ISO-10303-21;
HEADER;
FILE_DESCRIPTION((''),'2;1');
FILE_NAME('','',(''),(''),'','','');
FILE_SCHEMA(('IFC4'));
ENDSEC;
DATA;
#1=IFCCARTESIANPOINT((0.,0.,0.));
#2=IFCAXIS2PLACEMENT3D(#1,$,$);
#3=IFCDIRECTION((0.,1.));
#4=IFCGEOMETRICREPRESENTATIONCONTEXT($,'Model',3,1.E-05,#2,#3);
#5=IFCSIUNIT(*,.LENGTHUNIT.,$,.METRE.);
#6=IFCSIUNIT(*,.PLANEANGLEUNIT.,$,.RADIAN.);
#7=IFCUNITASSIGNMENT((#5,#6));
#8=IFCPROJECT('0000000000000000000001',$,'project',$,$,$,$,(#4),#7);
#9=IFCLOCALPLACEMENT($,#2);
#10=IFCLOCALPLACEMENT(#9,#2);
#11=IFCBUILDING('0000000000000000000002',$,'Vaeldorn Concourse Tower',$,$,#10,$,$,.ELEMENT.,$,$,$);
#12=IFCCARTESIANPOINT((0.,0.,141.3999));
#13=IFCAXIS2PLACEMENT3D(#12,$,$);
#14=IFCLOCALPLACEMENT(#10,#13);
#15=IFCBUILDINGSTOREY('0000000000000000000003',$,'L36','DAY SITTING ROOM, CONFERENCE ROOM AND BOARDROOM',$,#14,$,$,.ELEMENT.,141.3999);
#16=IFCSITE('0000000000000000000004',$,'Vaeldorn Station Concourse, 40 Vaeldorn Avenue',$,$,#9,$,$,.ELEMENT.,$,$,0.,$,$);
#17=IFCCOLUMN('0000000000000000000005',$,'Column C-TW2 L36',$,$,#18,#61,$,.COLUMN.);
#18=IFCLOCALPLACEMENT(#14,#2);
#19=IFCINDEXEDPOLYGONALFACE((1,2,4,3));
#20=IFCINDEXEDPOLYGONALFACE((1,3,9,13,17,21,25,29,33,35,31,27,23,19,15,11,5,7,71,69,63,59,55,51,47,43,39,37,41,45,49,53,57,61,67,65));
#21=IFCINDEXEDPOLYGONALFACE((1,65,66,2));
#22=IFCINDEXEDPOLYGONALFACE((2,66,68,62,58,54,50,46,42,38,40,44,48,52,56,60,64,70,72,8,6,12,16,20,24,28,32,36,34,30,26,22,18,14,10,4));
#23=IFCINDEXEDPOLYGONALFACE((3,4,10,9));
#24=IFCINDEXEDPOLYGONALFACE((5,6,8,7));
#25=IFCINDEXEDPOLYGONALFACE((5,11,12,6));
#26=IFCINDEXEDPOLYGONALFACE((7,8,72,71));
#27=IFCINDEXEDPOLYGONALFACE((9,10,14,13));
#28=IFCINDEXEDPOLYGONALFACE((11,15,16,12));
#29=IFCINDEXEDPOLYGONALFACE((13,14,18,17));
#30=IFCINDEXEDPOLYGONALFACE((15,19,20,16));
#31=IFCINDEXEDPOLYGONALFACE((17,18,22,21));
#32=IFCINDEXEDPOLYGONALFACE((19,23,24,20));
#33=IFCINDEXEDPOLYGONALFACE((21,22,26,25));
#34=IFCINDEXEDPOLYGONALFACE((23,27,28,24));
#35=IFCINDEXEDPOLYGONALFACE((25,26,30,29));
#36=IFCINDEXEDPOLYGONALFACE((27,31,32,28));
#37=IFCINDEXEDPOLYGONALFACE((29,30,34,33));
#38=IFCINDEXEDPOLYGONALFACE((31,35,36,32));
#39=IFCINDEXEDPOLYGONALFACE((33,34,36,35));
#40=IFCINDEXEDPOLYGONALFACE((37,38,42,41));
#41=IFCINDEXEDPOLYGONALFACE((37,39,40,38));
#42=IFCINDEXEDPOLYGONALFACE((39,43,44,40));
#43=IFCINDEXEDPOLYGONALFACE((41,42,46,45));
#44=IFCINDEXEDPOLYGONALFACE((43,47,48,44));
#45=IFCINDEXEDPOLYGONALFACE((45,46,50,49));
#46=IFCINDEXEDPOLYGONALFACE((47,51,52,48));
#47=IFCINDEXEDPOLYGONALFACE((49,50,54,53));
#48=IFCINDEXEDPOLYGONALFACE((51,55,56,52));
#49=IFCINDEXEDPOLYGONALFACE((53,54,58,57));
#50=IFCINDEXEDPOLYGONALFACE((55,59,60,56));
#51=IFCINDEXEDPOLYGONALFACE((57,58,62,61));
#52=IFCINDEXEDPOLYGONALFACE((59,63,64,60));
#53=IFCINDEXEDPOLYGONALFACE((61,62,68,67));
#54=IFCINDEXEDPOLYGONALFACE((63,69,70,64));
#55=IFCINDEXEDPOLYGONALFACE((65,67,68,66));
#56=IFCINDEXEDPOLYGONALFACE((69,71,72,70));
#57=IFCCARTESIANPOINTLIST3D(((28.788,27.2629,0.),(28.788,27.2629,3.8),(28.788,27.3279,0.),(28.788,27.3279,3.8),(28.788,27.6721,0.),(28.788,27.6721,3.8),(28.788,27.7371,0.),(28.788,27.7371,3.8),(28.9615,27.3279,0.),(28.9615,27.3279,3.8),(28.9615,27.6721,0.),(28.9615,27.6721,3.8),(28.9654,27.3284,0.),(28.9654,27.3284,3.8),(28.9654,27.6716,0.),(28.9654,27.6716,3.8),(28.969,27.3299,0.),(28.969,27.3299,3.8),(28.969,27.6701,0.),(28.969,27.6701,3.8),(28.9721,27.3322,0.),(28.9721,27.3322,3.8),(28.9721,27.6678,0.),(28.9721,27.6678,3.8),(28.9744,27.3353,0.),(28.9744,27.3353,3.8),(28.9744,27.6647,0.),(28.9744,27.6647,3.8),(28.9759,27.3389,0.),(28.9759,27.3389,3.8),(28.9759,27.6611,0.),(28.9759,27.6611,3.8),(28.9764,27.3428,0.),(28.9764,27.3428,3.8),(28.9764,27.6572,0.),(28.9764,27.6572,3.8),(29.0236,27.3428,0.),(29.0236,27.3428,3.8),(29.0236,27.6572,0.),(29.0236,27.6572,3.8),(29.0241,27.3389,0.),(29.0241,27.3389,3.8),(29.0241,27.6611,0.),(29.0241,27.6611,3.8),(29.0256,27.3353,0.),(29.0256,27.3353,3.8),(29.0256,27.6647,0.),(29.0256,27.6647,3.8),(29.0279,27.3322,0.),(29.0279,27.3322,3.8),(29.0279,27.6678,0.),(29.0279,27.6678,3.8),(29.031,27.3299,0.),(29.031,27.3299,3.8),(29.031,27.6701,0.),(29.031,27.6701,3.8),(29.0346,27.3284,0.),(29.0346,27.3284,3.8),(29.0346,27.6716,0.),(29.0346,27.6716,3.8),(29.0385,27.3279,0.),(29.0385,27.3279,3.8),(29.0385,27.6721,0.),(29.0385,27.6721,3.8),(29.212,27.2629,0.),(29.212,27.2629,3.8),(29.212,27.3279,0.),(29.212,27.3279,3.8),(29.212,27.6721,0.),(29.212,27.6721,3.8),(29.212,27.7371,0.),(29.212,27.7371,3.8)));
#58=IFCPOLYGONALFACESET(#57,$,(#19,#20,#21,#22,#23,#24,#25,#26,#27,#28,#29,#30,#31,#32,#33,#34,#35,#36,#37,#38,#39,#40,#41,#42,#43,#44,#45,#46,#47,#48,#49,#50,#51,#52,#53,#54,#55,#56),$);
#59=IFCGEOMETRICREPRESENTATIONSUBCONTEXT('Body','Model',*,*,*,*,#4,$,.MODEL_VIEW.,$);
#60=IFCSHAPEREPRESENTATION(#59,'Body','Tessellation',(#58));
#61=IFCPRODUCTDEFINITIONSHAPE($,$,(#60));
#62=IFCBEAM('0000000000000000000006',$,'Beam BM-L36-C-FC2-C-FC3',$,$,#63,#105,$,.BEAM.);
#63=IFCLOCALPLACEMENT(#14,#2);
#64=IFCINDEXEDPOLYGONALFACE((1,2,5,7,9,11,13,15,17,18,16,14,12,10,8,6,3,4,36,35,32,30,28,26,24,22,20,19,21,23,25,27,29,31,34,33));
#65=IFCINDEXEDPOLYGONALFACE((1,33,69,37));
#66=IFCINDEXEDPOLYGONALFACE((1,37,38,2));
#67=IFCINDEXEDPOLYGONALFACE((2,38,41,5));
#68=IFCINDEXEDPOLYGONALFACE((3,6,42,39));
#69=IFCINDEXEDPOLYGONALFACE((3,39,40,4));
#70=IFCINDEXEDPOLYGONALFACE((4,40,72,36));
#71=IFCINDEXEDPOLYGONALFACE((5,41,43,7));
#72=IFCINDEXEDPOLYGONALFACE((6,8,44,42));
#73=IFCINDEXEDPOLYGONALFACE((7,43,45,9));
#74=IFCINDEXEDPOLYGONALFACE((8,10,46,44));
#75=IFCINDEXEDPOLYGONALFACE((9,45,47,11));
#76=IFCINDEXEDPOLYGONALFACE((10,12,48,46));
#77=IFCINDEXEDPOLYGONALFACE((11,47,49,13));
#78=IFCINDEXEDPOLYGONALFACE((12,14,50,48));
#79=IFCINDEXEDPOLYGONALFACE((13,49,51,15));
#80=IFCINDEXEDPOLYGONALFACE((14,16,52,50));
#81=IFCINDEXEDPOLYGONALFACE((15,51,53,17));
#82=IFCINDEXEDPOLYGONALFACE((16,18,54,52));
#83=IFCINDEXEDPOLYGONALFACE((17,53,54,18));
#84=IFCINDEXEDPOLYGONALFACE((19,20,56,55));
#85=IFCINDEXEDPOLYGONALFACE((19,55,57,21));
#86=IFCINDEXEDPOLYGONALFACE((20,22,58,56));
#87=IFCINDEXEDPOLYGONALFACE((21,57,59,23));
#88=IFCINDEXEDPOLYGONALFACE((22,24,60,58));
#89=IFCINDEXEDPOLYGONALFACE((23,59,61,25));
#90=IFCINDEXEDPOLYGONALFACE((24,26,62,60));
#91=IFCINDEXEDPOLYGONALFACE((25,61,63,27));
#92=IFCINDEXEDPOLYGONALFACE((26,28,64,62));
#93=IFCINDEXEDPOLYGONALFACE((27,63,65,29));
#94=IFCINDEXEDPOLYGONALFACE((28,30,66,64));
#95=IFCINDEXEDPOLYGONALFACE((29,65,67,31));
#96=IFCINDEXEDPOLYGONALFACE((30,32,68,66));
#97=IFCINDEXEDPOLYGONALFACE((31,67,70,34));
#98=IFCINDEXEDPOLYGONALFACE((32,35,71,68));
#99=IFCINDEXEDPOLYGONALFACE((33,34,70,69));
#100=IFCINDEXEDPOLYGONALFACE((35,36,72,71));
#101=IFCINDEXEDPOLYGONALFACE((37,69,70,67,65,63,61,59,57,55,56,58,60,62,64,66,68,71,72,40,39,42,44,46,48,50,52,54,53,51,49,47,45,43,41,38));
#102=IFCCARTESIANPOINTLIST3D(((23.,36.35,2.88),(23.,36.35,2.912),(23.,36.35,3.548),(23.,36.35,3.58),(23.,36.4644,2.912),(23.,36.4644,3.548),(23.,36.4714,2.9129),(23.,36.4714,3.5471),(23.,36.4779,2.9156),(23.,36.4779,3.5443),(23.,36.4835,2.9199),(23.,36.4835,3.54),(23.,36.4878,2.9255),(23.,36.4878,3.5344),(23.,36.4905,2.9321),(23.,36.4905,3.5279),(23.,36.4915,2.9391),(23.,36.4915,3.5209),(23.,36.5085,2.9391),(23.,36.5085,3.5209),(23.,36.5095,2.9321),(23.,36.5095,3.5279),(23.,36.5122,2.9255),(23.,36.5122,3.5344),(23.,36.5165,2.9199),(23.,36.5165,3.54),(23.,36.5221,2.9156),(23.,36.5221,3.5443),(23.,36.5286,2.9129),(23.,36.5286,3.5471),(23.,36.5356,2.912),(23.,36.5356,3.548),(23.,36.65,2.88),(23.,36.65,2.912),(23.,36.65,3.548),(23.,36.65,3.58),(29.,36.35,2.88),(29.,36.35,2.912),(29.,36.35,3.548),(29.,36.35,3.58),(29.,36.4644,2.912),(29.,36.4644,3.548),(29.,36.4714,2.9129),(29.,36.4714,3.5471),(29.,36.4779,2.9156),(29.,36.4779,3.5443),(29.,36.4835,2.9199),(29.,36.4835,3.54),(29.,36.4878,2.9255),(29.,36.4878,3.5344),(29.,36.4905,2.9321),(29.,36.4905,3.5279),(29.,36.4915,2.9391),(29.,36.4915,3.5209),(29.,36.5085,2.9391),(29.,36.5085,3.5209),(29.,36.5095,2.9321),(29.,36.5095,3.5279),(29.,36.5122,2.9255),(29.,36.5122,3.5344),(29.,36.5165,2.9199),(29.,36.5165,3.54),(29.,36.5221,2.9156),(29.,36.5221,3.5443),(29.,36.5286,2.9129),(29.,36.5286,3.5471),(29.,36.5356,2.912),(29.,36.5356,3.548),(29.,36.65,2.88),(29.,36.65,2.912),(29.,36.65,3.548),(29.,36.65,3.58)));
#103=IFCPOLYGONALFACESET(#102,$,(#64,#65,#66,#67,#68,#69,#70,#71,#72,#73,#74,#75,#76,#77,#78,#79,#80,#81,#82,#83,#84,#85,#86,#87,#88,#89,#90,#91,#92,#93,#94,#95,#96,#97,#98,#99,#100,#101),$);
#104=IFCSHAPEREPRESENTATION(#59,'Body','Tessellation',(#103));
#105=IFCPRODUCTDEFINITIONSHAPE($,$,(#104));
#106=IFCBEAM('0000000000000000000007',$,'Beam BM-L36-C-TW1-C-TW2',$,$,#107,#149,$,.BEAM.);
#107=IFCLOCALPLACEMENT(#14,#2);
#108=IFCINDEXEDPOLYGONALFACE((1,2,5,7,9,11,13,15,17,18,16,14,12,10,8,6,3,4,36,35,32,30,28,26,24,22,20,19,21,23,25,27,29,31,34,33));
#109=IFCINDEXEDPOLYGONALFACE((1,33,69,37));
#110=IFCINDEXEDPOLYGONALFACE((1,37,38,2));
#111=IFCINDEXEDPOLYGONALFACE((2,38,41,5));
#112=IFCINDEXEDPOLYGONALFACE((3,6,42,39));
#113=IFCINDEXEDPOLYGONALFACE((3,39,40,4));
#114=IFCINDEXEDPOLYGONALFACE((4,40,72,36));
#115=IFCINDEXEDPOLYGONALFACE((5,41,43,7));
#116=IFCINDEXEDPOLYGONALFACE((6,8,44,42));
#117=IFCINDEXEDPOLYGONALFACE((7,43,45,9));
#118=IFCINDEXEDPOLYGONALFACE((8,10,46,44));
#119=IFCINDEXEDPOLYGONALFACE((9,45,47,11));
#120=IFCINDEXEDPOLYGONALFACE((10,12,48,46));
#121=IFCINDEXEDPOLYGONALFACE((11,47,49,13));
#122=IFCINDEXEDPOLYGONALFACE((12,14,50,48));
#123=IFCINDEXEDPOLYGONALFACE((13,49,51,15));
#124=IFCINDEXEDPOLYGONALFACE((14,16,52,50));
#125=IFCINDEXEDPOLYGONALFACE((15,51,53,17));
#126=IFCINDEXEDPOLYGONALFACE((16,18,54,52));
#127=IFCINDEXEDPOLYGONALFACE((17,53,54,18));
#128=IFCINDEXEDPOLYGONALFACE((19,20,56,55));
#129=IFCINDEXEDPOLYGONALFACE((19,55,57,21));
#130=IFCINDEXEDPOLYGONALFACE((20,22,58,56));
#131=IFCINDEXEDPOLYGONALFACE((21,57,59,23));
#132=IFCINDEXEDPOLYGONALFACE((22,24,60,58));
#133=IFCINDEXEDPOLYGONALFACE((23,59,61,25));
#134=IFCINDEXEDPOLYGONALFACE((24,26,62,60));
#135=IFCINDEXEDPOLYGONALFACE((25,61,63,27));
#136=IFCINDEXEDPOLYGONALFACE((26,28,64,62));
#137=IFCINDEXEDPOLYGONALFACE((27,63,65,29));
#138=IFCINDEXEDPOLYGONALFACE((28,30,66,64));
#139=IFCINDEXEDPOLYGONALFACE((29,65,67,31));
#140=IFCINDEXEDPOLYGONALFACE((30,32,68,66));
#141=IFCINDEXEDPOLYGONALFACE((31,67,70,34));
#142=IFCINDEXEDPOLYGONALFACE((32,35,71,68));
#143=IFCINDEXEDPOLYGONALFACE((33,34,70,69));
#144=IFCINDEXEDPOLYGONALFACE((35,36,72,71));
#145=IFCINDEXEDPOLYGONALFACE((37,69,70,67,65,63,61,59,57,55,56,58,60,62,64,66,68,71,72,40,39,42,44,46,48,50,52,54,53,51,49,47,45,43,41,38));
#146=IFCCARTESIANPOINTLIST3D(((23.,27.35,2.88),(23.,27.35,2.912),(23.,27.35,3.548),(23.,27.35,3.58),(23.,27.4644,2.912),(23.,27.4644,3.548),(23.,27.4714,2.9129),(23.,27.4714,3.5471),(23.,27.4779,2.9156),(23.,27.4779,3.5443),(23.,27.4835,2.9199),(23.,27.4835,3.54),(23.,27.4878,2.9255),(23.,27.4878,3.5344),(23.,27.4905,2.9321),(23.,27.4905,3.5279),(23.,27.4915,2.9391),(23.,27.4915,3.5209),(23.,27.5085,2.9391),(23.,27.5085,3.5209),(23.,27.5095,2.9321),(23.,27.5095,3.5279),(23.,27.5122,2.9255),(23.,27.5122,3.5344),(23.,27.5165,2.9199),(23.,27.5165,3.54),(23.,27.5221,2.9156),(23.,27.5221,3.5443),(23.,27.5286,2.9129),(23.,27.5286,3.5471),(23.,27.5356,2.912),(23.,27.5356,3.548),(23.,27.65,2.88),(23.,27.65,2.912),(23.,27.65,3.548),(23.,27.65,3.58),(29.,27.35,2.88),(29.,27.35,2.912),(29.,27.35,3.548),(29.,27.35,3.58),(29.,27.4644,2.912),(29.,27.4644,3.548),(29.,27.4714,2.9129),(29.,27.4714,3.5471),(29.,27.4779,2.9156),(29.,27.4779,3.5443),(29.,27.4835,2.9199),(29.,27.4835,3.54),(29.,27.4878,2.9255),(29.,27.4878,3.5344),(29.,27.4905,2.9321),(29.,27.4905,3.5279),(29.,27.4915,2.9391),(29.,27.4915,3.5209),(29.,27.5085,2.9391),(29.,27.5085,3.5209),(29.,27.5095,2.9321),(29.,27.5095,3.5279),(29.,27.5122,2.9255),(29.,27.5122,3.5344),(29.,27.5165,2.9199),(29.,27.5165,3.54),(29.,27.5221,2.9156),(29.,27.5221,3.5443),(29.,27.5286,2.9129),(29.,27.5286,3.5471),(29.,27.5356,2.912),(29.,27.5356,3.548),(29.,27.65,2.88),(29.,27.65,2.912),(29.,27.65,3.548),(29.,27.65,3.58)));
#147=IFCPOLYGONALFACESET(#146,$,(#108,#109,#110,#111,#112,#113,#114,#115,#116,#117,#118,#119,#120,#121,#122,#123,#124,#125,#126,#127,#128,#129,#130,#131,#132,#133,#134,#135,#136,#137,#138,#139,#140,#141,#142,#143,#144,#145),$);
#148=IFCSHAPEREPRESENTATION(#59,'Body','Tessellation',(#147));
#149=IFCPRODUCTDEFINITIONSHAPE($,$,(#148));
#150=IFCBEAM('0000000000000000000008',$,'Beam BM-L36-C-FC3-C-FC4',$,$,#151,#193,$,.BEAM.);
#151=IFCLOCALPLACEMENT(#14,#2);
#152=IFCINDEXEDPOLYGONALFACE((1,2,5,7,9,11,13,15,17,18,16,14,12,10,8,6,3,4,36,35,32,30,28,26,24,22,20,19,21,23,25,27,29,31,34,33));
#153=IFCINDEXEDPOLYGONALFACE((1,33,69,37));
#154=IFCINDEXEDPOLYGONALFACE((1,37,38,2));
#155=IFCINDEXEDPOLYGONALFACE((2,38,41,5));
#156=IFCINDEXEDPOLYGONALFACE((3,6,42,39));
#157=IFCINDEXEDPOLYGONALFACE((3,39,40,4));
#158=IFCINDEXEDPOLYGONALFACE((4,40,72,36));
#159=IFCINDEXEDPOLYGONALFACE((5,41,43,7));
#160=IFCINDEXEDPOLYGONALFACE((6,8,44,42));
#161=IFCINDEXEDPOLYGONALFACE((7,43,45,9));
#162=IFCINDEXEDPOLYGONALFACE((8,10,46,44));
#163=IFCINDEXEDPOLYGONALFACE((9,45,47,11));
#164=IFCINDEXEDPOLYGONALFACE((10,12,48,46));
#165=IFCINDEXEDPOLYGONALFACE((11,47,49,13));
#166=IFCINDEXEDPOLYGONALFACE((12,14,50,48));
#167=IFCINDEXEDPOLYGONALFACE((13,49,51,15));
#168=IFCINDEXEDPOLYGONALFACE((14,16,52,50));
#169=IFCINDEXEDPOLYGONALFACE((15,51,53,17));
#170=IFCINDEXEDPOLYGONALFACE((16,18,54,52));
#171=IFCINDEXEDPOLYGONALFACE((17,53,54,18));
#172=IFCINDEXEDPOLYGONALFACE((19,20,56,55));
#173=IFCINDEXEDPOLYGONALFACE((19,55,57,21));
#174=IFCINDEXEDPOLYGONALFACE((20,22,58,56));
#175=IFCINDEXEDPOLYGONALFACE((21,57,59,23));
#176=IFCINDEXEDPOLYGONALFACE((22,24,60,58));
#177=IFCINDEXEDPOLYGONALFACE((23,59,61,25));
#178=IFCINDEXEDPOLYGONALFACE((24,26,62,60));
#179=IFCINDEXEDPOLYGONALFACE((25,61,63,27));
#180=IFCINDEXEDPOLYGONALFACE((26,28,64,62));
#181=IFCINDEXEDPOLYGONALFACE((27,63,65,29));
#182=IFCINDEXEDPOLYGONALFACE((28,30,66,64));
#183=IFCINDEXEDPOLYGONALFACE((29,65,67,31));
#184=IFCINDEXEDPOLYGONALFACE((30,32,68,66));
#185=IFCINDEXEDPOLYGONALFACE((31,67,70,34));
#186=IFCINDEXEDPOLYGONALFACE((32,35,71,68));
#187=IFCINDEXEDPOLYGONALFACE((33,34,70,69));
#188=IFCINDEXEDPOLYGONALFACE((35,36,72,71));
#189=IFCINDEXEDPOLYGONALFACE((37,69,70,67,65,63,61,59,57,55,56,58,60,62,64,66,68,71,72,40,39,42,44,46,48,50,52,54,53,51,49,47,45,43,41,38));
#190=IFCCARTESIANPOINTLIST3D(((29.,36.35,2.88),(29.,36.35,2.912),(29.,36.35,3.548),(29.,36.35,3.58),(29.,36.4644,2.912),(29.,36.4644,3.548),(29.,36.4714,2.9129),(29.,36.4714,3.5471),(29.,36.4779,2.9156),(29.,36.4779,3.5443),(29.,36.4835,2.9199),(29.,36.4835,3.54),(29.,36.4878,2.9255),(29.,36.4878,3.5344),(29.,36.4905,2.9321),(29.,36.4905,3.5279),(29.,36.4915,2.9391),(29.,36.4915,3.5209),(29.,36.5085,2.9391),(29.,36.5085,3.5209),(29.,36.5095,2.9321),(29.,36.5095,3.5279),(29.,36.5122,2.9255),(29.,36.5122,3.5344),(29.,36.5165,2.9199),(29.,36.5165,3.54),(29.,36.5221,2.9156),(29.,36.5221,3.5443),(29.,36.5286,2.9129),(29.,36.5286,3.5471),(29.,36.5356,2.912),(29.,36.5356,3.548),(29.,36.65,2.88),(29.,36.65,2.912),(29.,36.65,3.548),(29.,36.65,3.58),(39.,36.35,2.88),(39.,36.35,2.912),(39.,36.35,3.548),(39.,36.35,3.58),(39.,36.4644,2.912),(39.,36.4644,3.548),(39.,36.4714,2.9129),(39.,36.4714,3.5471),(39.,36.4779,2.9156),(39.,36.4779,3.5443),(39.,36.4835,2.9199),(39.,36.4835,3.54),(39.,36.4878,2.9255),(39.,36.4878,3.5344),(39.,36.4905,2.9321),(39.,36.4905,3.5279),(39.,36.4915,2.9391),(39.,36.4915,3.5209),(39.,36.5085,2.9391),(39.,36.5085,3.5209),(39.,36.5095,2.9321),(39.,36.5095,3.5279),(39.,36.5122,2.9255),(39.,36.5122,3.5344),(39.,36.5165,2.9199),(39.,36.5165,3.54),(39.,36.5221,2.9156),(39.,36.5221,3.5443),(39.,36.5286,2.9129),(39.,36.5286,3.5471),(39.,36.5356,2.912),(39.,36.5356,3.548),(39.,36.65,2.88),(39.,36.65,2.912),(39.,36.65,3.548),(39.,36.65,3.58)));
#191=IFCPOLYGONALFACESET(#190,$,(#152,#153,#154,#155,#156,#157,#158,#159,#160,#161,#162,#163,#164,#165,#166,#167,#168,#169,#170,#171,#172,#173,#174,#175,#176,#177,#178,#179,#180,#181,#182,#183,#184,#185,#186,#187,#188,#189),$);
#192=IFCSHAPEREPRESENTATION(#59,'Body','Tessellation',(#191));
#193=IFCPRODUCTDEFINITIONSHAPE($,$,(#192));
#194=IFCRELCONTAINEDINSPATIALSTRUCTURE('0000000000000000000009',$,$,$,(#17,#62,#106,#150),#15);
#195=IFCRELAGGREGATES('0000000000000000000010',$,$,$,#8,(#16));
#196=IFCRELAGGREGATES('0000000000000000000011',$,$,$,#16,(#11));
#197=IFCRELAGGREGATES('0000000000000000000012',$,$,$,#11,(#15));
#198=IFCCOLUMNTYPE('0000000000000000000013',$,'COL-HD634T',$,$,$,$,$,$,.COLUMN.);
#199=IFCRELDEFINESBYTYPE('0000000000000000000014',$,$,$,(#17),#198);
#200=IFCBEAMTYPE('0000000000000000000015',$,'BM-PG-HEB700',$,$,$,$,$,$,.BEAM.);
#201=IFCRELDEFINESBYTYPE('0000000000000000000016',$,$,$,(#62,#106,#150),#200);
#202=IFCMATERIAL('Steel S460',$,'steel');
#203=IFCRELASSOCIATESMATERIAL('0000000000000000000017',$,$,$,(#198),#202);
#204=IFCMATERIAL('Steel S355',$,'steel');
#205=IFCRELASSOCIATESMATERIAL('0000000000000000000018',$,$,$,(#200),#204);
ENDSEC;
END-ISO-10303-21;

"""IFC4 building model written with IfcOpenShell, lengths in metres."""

from ifc_helpers import new_model, si_unit, direction, frame, origin, origin_2d, place, context, subcontext, project, spatial, i_section, extrude, source, transform, mapped, material, material_profile, profile_set, type_object, element, save


model = new_model("IFC4")

# Units and contexts
model_context = context("Model", 3, precision=1e-05, world=origin(), true_north=direction((0.0, 1.0)))
body_context = subcontext(model_context, "Body", "Model", "MODEL_VIEW")
ifc_project = project(units=[si_unit("LENGTHUNIT", "METRE"), si_unit("PLANEANGLEUNIT", "RADIAN")], contexts=[model_context])

# Site, building, storey
site_placement = place(None, origin())
site = spatial("IfcSite", under=ifc_project, at=site_placement, Name="Vaeldorn Station Concourse, 40 Vaeldorn Avenue", CompositionType="ELEMENT", RefElevation=0.0)
building_placement = place(site_placement, origin())
building = spatial("IfcBuilding", under=site, at=building_placement, Name="Vaeldorn Concourse Tower", CompositionType="ELEMENT")
storey_placement = place(building_placement, frame((0.0, 0.0, 141.3999)))
storey = spatial("IfcBuildingStorey", under=building, at=storey_placement, Name="L36", Description="DAY SITTING ROOM, CONFERENCE ROOM AND BOARDROOM", CompositionType="ELEMENT", Elevation=141.3999)

# Column
ifc_material_1 = material(Name="Steel S460", Category="steel")
ifc_material_profile_1 = material_profile(ifc_material_1, i_section(OverallWidth=0.4241, OverallDepth=0.4741, WebThickness=0.0471, FlangeThickness=0.0649, FilletRadius=0.0149, at=origin_2d()), Name="HD 400x634")
ifc_profile_set_1 = profile_set([ifc_material_profile_1], Name="Steel S460")
column_type_1 = type_object("IfcColumnType", Name="COL-HD634T", PredefinedType="COLUMN", material=ifc_profile_set_1)
shared_shape_1 = source(origin(), body_context, "Body", "SweptSolid", [
    extrude(i_section(OverallWidth=0.4241, OverallDepth=0.4741, WebThickness=0.0471, FlangeThickness=0.0649, FilletRadius=0.0149, at=origin_2d()), origin(), (0.0, 0.0, 1.0), 3.8),
])
column_1_placement = place(storey_placement, frame((29.0, 27.5, 0.0), z_axis=(0.0, 0.0, 1.0), x_axis=(1.0, 0.0, 0.0)))
element("IfcColumn", 1, at=column_1_placement, inside=storey, type_object=column_type_1, Name="Column C-TW2 L36", PredefinedType="COLUMN", context=body_context, shape_type="MappedRepresentation", body=[
    mapped(shared_shape_1, transform((0.0, 0.0, 0.0), scale=1.0)),
])

# Beams
ifc_material_2 = material(Name="Steel S355", Category="steel")
ifc_material_profile_2 = material_profile(ifc_material_2, i_section(OverallWidth=0.3, OverallDepth=0.7, WebThickness=0.0171, FlangeThickness=0.032, FilletRadius=0.0271, at=origin_2d()), Name="HEB 700")
ifc_profile_set_2 = profile_set([ifc_material_profile_2], Name="Steel S355")
beam_type_1 = type_object("IfcBeamType", Name="BM-PG-HEB700", PredefinedType="BEAM", material=ifc_profile_set_2)
shared_shape_2 = source(origin(), body_context, "Body", "SweptSolid", [
    extrude(i_section(OverallWidth=0.3, OverallDepth=0.7, WebThickness=0.0171, FlangeThickness=0.032, FilletRadius=0.0271, at=origin_2d()), origin(), (0.0, 0.0, 1.0), 6.0),
])
for number, where, z_axis, x_axis, name in (
    (2, (23.0, 36.5, 3.23), (1.0, 0.0, 0.0), (0.0, 1.0, 0.0), "Beam BM-L36-C-FC2-C-FC3"),
    (3, (23.0, 27.5, 3.23), (1.0, 0.0, 0.0), (0.0, 1.0, 0.0), "Beam BM-L36-C-TW1-C-TW2"),
):
    element("IfcBeam", number, at=place(storey_placement, frame(where, z_axis=z_axis, x_axis=x_axis)), inside=storey, type_object=beam_type_1, Name=name, PredefinedType="BEAM", context=body_context, shape_type="MappedRepresentation", body=[
        mapped(shared_shape_2, transform((0.0, 0.0, 0.0), scale=1.0)),
    ])
shared_shape_3 = source(origin(), body_context, "Body", "SweptSolid", [
    extrude(i_section(OverallWidth=0.3, OverallDepth=0.7, WebThickness=0.0171, FlangeThickness=0.032, FilletRadius=0.0271, at=origin_2d()), origin(), (0.0, 0.0, 1.0), 10.0),
])
for number, where, z_axis, x_axis, name in (
    (4, (29.0, 36.5, 3.23), (1.0, 0.0, 0.0), (0.0, 1.0, 0.0), "Beam BM-L36-C-FC3-C-FC4"),
):
    element("IfcBeam", number, at=place(storey_placement, frame(where, z_axis=z_axis, x_axis=x_axis)), inside=storey, type_object=beam_type_1, Name=name, PredefinedType="BEAM", context=body_context, shape_type="MappedRepresentation", body=[
        mapped(shared_shape_3, transform((0.0, 0.0, 0.0), scale=1.0)),
    ])

save(model, "model.ifc")
